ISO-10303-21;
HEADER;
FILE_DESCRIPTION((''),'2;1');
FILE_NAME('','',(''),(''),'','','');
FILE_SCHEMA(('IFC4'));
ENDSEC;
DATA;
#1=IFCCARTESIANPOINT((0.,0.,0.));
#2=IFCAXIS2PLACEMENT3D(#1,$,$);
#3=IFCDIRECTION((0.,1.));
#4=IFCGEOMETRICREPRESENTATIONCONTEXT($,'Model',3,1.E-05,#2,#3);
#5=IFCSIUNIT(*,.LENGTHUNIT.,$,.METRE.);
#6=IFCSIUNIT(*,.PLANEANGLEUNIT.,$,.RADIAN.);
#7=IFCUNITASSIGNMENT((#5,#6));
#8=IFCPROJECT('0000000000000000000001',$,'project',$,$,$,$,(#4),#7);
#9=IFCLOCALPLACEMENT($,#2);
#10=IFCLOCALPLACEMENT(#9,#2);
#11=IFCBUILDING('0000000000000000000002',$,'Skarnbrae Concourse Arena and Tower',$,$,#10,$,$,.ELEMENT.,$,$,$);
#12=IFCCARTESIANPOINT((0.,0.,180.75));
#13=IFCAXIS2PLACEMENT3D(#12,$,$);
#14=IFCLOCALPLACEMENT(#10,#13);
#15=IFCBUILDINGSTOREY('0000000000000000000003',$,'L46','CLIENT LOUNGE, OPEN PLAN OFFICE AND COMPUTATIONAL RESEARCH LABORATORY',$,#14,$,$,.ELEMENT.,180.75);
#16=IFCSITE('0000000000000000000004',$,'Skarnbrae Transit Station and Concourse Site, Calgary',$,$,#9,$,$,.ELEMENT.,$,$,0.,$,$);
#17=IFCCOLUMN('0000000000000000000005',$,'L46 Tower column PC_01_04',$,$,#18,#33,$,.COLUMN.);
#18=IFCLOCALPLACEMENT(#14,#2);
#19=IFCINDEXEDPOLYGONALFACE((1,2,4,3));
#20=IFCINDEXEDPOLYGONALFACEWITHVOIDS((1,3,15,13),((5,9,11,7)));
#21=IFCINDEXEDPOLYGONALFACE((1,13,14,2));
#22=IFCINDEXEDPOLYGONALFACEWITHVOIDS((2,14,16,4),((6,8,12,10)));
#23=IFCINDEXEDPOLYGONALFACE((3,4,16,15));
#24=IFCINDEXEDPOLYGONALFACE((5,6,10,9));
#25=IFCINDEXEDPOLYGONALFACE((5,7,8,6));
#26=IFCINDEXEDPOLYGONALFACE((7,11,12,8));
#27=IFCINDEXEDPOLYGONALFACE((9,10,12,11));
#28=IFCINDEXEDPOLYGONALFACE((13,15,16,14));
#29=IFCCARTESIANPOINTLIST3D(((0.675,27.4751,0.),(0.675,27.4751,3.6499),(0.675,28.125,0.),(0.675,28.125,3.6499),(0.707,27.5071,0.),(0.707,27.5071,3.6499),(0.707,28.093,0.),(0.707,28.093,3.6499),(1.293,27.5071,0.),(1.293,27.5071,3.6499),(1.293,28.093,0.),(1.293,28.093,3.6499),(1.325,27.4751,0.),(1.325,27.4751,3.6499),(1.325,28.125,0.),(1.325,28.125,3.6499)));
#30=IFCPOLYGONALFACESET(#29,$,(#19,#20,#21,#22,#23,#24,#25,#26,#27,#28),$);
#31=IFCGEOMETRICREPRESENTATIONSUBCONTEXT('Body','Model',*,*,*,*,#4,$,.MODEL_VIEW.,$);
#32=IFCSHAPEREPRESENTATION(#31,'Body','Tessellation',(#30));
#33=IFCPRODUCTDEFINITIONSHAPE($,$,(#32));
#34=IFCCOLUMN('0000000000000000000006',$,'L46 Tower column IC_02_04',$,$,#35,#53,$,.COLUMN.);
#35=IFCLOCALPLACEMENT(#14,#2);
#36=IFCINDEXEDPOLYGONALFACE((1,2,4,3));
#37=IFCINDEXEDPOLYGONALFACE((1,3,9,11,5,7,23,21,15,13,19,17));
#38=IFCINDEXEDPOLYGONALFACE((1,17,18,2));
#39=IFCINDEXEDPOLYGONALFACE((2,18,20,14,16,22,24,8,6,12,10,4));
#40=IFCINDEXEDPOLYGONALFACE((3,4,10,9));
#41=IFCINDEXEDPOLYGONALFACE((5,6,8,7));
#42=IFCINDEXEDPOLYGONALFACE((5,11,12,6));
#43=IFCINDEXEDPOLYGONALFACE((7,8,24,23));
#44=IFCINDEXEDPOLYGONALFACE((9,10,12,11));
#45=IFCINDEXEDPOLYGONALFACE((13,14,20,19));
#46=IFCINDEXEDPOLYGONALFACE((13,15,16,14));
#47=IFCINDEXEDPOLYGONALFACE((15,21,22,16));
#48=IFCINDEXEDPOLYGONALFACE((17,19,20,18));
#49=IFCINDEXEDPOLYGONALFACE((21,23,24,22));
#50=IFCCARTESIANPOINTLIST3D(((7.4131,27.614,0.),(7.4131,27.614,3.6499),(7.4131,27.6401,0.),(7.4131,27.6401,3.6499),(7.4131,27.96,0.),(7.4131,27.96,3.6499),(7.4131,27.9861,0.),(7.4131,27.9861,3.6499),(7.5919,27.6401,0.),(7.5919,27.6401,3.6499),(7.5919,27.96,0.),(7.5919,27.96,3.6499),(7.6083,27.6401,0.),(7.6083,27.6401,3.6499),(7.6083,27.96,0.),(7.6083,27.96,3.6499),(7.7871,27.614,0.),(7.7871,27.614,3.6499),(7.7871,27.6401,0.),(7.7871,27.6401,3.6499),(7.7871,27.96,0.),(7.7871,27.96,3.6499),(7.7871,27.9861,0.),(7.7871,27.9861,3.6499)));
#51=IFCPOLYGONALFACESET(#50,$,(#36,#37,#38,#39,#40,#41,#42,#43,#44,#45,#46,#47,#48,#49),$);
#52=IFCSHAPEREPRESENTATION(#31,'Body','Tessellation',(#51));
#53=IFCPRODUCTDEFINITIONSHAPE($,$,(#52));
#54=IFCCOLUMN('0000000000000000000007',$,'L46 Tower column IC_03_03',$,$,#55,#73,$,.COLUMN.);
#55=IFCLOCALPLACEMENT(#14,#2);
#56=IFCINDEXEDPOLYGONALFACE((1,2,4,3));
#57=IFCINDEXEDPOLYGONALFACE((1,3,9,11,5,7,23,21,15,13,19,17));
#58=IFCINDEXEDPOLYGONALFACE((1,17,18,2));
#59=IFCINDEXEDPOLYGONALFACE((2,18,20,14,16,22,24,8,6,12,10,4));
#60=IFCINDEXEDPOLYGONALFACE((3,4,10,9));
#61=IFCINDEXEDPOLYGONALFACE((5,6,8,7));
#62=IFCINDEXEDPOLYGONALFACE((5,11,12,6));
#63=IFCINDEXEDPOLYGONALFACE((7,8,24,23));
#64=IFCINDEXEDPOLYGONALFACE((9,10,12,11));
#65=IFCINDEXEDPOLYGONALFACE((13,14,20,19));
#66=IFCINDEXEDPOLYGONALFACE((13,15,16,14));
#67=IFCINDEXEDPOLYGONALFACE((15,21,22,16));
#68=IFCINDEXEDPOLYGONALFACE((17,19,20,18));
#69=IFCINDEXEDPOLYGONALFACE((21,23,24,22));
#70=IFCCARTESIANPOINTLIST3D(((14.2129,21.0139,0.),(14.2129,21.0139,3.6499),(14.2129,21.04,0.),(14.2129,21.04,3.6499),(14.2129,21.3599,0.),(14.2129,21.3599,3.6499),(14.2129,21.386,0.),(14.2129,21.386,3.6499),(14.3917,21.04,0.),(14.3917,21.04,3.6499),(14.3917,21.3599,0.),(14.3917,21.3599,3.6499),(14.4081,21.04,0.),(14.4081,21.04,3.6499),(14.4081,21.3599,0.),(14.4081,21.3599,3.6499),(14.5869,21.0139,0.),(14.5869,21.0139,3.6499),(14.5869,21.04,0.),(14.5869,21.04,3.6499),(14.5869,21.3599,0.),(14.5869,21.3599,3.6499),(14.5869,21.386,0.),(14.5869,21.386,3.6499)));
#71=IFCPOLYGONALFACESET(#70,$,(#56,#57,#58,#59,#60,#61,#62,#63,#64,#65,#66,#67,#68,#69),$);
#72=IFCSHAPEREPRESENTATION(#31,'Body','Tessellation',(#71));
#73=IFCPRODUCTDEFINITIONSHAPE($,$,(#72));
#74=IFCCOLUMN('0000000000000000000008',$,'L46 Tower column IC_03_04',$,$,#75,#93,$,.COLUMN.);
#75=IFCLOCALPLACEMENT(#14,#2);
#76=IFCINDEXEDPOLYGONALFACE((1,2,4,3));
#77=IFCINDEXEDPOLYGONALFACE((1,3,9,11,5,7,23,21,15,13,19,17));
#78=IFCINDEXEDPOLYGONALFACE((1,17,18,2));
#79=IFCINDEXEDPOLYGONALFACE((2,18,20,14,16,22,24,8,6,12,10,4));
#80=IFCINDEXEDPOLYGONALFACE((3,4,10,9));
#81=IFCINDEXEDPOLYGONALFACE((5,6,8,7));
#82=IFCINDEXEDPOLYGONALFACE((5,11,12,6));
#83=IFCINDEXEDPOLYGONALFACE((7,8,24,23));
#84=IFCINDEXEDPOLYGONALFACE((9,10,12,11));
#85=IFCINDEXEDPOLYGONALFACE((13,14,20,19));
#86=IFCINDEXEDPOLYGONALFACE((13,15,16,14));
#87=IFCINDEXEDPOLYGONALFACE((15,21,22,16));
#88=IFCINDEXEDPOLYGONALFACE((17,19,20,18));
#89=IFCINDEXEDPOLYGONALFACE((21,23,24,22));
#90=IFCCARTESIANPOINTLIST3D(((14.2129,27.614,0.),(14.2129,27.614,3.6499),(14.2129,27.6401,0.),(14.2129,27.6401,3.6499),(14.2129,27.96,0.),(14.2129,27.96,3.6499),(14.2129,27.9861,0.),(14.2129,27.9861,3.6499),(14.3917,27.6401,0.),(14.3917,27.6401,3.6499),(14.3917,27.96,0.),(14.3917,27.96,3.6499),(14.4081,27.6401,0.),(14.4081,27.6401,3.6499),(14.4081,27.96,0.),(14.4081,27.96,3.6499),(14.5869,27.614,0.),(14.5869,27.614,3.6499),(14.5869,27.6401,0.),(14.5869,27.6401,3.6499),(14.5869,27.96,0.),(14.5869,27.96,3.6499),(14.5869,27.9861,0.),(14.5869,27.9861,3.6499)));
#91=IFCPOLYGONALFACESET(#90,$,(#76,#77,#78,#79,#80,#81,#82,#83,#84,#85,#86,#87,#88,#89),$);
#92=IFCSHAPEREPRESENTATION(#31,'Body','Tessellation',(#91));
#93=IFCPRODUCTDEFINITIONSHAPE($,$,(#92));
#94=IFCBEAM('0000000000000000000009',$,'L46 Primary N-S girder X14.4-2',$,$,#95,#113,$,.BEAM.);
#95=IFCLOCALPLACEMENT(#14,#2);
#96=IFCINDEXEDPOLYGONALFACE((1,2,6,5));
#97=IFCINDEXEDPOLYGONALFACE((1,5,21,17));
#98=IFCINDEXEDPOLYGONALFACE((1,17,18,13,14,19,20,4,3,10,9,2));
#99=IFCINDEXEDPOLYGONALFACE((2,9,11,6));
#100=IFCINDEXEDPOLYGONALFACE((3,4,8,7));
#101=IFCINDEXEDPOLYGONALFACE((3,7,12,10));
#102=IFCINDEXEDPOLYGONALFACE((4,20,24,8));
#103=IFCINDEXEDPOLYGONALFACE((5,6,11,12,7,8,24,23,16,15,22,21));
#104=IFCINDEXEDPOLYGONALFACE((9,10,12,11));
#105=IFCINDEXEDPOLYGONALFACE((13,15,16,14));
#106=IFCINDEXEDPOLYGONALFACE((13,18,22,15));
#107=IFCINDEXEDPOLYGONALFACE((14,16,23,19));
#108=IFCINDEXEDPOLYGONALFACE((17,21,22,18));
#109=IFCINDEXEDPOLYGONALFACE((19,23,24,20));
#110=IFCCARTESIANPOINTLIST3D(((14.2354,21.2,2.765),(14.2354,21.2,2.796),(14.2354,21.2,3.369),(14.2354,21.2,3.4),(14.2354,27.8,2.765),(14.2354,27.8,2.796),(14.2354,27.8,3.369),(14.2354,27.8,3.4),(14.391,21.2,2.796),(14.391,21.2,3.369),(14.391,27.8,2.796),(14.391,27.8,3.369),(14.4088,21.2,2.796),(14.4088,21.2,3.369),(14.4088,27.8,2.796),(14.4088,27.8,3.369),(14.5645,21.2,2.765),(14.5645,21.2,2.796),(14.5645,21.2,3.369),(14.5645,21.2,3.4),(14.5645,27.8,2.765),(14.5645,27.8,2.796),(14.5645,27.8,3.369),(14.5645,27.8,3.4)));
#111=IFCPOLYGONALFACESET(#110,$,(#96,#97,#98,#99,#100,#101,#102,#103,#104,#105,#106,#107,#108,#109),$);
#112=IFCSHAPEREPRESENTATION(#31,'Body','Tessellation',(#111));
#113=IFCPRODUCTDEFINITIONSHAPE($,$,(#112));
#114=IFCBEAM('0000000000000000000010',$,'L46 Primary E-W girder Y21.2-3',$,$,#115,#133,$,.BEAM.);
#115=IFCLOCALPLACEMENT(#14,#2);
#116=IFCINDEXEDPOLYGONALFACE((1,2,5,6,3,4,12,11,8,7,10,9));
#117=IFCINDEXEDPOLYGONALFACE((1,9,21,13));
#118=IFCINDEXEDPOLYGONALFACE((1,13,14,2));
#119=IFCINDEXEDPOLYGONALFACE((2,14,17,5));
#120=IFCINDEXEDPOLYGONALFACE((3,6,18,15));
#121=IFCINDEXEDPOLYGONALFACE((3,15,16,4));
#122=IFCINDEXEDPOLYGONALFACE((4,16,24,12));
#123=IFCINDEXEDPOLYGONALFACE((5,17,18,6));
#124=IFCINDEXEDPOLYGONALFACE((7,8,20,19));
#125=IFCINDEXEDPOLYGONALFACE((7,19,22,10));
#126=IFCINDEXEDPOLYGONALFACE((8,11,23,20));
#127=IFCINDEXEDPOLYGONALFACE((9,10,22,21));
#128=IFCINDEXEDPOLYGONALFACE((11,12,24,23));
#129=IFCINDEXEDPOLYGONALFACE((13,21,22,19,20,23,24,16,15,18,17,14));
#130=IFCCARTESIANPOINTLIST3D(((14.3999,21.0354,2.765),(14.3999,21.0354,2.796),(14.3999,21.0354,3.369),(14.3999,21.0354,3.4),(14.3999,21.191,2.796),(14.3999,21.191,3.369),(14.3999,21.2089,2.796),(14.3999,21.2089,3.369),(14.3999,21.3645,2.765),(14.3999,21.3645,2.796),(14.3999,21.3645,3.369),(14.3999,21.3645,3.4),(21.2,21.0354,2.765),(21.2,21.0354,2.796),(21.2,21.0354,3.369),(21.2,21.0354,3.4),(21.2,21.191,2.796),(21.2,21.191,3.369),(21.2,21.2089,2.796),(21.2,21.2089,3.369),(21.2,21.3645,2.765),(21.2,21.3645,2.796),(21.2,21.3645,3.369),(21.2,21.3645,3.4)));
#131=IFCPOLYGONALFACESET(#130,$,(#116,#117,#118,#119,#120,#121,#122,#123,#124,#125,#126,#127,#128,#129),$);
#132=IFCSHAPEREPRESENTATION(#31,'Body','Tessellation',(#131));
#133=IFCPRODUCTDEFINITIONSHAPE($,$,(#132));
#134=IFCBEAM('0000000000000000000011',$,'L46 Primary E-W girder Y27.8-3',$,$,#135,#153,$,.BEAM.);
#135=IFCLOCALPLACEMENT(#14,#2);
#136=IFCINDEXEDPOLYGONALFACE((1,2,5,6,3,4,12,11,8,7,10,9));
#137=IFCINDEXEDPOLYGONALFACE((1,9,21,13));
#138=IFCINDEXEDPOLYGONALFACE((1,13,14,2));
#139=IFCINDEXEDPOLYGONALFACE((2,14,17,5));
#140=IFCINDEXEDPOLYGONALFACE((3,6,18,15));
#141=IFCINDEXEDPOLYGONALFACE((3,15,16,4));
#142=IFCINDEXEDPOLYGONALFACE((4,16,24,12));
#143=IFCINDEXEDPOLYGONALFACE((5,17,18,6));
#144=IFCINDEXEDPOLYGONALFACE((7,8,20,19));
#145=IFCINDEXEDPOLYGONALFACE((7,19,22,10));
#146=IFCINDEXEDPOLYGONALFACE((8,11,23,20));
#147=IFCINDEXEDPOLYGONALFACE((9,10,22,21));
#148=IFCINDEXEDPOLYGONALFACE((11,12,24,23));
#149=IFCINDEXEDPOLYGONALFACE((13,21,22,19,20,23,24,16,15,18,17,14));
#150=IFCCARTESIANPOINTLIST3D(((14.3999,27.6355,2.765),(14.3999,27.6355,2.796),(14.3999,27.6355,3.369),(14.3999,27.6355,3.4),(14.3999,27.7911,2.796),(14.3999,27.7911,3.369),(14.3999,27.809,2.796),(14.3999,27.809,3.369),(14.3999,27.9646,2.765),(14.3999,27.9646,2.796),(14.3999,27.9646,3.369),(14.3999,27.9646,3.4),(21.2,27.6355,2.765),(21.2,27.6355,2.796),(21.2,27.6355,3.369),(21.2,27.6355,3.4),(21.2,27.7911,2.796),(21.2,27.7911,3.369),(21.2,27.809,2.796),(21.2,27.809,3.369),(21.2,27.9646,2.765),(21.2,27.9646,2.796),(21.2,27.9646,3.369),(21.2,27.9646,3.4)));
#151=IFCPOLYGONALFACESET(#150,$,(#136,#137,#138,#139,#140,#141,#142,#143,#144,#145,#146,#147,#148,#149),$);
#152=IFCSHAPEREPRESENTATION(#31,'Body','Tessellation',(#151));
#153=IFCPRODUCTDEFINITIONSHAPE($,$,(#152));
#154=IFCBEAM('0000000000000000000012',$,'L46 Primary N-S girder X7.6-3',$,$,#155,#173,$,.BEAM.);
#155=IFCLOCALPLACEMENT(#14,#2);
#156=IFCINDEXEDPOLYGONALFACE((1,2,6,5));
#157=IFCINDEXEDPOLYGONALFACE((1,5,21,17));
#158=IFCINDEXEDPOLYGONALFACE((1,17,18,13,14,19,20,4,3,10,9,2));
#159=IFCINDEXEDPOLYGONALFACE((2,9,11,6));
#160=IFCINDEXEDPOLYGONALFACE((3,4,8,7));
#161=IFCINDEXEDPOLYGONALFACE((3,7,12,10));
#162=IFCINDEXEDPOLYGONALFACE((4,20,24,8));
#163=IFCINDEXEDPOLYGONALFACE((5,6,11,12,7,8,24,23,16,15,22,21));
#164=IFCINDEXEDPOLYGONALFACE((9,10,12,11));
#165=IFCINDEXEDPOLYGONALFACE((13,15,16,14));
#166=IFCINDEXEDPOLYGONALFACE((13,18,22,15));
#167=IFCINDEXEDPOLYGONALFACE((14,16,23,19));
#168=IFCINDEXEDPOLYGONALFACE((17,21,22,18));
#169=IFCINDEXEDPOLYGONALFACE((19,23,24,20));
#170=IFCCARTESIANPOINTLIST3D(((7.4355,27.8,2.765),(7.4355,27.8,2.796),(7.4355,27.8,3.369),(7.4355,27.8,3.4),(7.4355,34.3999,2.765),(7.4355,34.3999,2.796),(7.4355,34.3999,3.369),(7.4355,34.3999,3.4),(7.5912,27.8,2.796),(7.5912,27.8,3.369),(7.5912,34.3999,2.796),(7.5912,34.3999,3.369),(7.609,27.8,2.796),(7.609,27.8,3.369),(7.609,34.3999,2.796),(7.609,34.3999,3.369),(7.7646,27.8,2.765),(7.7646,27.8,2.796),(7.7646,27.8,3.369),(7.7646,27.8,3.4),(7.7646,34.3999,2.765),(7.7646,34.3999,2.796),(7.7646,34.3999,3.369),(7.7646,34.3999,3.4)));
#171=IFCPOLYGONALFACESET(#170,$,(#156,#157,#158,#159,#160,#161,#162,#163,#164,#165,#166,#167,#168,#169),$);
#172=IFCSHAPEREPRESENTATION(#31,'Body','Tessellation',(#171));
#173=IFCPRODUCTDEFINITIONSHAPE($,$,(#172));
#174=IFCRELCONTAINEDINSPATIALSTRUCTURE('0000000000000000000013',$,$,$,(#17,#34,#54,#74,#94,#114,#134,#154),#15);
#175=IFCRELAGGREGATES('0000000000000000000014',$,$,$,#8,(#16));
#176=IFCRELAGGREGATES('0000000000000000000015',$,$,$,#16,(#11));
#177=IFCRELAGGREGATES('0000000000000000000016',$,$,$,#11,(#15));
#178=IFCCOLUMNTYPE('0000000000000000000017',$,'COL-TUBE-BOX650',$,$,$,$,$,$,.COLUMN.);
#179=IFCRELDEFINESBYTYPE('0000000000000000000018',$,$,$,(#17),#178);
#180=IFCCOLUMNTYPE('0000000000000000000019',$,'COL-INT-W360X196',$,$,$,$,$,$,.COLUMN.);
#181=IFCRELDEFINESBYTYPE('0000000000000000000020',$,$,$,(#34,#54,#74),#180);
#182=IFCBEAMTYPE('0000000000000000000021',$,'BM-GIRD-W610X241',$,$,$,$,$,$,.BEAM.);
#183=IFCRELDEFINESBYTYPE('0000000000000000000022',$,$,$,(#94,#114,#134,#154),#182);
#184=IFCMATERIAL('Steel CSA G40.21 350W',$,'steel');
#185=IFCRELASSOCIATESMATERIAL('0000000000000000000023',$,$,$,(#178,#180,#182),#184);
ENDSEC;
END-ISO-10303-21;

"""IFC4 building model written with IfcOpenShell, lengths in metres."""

from ifc_helpers import new_model, si_unit, direction, frame, origin, origin_2d, place, context, subcontext, project, spatial, hollow_rectangle, i_section, extrude, source, transform, mapped, material, material_profile, profile_set, type_object, element, save


model = new_model("IFC4")

# Units and contexts
model_context = context("Model", 3, precision=1e-05, world=origin(), true_north=direction((0.0, 1.0)))
body_context = subcontext(model_context, "Body", "Model", "MODEL_VIEW")
ifc_project = project(units=[si_unit("LENGTHUNIT", "METRE"), si_unit("PLANEANGLEUNIT", "RADIAN")], contexts=[model_context])

# Site, building, storey
site_placement = place(None, origin())
site = spatial("IfcSite", under=ifc_project, at=site_placement, Name="Skarnbrae Transit Station and Concourse Site, Calgary", CompositionType="ELEMENT", RefElevation=0.0)
building_placement = place(site_placement, origin())
building = spatial("IfcBuilding", under=site, at=building_placement, Name="Skarnbrae Concourse Arena and Tower", CompositionType="ELEMENT")
storey_placement = place(building_placement, frame((0.0, 0.0, 180.75)))
storey = spatial("IfcBuildingStorey", under=building, at=storey_placement, Name="L46", Description="CLIENT LOUNGE, OPEN PLAN OFFICE AND COMPUTATIONAL RESEARCH LABORATORY", CompositionType="ELEMENT", Elevation=180.75)

# Columns
ifc_material_1 = material(Name="Steel CSA G40.21 350W", Category="steel")
ifc_material_profile_1 = material_profile(ifc_material_1, hollow_rectangle(XDim=0.6499, YDim=0.6499, WallThickness=0.032, at=origin_2d()), Name="BOX650X650X32")
ifc_profile_set_1 = profile_set([ifc_material_profile_1], Name="Steel CSA G40.21 350W")
column_type_1 = type_object("IfcColumnType", Name="COL-TUBE-BOX650", PredefinedType="COLUMN", material=ifc_profile_set_1)
shared_shape_1 = source(origin(), body_context, "Body", "SweptSolid", [
    extrude(hollow_rectangle(XDim=0.6499, YDim=0.6499, WallThickness=0.032, at=origin_2d()), origin(), (0.0, 0.0, 1.0), 3.6499),
])
column_placement = place(storey_placement, frame((1.0, 27.8, 0.0), z_axis=(0.0, 0.0, 1.0), x_axis=(1.0, 0.0, 0.0)))
element("IfcColumn", 1, at=column_placement, inside=storey, type_object=column_type_1, Name="L46 Tower column PC_01_04", PredefinedType="COLUMN", context=body_context, shape_type="MappedRepresentation", body=[
    mapped(shared_shape_1, transform((0.0, 0.0, 0.0))),
])
ifc_material_profile_2 = material_profile(ifc_material_1, i_section(OverallWidth=0.374, OverallDepth=0.3721, WebThickness=0.0164, FlangeThickness=0.0261, at=origin_2d()), Name="W360X196")
ifc_profile_set_2 = profile_set([ifc_material_profile_2], Name="Steel CSA G40.21 350W")
column_type_2 = type_object("IfcColumnType", Name="COL-INT-W360X196", PredefinedType="COLUMN", material=ifc_profile_set_2)
shared_shape_2 = source(origin(), body_context, "Body", "SweptSolid", [
    extrude(i_section(OverallWidth=0.374, OverallDepth=0.3721, WebThickness=0.0164, FlangeThickness=0.0261, at=origin_2d()), origin(), (0.0, 0.0, 1.0), 3.6499),
])
for number, where, z_axis, x_axis, name in (
    (2, (7.6001, 27.8, 0.0), (0.0, 0.0, 1.0), (1.0, 0.0, 0.0), "L46 Tower column IC_02_04"),
    (3, (14.3999, 21.2, 0.0), (0.0, 0.0, 1.0), (1.0, 0.0, 0.0), "L46 Tower column IC_03_03"),
    (4, (14.3999, 27.8, 0.0), (0.0, 0.0, 1.0), (1.0, 0.0, 0.0), "L46 Tower column IC_03_04"),
):
    element("IfcColumn", number, at=place(storey_placement, frame(where, z_axis=z_axis, x_axis=x_axis)), inside=storey, type_object=column_type_2, Name=name, PredefinedType="COLUMN", context=body_context, shape_type="MappedRepresentation", body=[
        mapped(shared_shape_2, transform((0.0, 0.0, 0.0))),
    ])

# Beams
ifc_material_profile_3 = material_profile(ifc_material_1, i_section(OverallWidth=0.3291, OverallDepth=0.635, WebThickness=0.0178, FlangeThickness=0.031, at=origin_2d()), Name="W610X241")
ifc_profile_set_3 = profile_set([ifc_material_profile_3], Name="Steel CSA G40.21 350W")
beam_type_1 = type_object("IfcBeamType", Name="BM-GIRD-W610X241", PredefinedType="BEAM", material=ifc_profile_set_3)
shared_shape_3 = source(origin(), body_context, "Body", "SweptSolid", [
    extrude(i_section(OverallWidth=0.3291, OverallDepth=0.635, WebThickness=0.0178, FlangeThickness=0.031, at=origin_2d()), origin(), (0.0, 0.0, 1.0), 6.6001),
])
beam_1_placement = place(storey_placement, frame((14.3999, 21.2, 3.0825), z_axis=(0.0, 1.0, 0.0), x_axis=(-1.0, 0.0, 0.0)))
element("IfcBeam", 5, at=beam_1_placement, inside=storey, type_object=beam_type_1, Name="L46 Primary N-S girder X14.4-2", PredefinedType="BEAM", context=body_context, shape_type="MappedRepresentation", body=[
    mapped(shared_shape_3, transform((0.0, 0.0, 0.0))),
])
shared_shape_4 = source(origin(), body_context, "Body", "SweptSolid", [
    extrude(i_section(OverallWidth=0.3291, OverallDepth=0.635, WebThickness=0.0178, FlangeThickness=0.031, at=origin_2d()), origin(), (0.0, 0.0, 1.0), 6.8),
])
for number, where, z_axis, x_axis, name in (
    (6, (14.3999, 21.2, 3.0825), (1.0, 0.0, 0.0), (0.0, 1.0, 0.0), "L46 Primary E-W girder Y21.2-3"),
    (7, (14.3999, 27.8, 3.0825), (1.0, 0.0, 0.0), (0.0, 1.0, 0.0), "L46 Primary E-W girder Y27.8-3"),
):
    element("IfcBeam", number, at=place(storey_placement, frame(where, z_axis=z_axis, x_axis=x_axis)), inside=storey, type_object=beam_type_1, Name=name, PredefinedType="BEAM", context=body_context, shape_type="MappedRepresentation", body=[
        mapped(shared_shape_4, transform((0.0, 0.0, 0.0))),
    ])
shared_shape_5 = source(origin(), body_context, "Body", "SweptSolid", [
    extrude(i_section(OverallWidth=0.3291, OverallDepth=0.635, WebThickness=0.0178, FlangeThickness=0.031, at=origin_2d()), origin(), (0.0, 0.0, 1.0), 6.5999),
])
beam_2_placement = place(storey_placement, frame((7.6001, 27.8, 3.0825), z_axis=(0.0, 1.0, 0.0), x_axis=(-1.0, 0.0, 0.0)))
element("IfcBeam", 8, at=beam_2_placement, inside=storey, type_object=beam_type_1, Name="L46 Primary N-S girder X7.6-3", PredefinedType="BEAM", context=body_context, shape_type="MappedRepresentation", body=[
    mapped(shared_shape_5, transform((0.0, 0.0, 0.0))),
])

save(model, "model.ifc")
